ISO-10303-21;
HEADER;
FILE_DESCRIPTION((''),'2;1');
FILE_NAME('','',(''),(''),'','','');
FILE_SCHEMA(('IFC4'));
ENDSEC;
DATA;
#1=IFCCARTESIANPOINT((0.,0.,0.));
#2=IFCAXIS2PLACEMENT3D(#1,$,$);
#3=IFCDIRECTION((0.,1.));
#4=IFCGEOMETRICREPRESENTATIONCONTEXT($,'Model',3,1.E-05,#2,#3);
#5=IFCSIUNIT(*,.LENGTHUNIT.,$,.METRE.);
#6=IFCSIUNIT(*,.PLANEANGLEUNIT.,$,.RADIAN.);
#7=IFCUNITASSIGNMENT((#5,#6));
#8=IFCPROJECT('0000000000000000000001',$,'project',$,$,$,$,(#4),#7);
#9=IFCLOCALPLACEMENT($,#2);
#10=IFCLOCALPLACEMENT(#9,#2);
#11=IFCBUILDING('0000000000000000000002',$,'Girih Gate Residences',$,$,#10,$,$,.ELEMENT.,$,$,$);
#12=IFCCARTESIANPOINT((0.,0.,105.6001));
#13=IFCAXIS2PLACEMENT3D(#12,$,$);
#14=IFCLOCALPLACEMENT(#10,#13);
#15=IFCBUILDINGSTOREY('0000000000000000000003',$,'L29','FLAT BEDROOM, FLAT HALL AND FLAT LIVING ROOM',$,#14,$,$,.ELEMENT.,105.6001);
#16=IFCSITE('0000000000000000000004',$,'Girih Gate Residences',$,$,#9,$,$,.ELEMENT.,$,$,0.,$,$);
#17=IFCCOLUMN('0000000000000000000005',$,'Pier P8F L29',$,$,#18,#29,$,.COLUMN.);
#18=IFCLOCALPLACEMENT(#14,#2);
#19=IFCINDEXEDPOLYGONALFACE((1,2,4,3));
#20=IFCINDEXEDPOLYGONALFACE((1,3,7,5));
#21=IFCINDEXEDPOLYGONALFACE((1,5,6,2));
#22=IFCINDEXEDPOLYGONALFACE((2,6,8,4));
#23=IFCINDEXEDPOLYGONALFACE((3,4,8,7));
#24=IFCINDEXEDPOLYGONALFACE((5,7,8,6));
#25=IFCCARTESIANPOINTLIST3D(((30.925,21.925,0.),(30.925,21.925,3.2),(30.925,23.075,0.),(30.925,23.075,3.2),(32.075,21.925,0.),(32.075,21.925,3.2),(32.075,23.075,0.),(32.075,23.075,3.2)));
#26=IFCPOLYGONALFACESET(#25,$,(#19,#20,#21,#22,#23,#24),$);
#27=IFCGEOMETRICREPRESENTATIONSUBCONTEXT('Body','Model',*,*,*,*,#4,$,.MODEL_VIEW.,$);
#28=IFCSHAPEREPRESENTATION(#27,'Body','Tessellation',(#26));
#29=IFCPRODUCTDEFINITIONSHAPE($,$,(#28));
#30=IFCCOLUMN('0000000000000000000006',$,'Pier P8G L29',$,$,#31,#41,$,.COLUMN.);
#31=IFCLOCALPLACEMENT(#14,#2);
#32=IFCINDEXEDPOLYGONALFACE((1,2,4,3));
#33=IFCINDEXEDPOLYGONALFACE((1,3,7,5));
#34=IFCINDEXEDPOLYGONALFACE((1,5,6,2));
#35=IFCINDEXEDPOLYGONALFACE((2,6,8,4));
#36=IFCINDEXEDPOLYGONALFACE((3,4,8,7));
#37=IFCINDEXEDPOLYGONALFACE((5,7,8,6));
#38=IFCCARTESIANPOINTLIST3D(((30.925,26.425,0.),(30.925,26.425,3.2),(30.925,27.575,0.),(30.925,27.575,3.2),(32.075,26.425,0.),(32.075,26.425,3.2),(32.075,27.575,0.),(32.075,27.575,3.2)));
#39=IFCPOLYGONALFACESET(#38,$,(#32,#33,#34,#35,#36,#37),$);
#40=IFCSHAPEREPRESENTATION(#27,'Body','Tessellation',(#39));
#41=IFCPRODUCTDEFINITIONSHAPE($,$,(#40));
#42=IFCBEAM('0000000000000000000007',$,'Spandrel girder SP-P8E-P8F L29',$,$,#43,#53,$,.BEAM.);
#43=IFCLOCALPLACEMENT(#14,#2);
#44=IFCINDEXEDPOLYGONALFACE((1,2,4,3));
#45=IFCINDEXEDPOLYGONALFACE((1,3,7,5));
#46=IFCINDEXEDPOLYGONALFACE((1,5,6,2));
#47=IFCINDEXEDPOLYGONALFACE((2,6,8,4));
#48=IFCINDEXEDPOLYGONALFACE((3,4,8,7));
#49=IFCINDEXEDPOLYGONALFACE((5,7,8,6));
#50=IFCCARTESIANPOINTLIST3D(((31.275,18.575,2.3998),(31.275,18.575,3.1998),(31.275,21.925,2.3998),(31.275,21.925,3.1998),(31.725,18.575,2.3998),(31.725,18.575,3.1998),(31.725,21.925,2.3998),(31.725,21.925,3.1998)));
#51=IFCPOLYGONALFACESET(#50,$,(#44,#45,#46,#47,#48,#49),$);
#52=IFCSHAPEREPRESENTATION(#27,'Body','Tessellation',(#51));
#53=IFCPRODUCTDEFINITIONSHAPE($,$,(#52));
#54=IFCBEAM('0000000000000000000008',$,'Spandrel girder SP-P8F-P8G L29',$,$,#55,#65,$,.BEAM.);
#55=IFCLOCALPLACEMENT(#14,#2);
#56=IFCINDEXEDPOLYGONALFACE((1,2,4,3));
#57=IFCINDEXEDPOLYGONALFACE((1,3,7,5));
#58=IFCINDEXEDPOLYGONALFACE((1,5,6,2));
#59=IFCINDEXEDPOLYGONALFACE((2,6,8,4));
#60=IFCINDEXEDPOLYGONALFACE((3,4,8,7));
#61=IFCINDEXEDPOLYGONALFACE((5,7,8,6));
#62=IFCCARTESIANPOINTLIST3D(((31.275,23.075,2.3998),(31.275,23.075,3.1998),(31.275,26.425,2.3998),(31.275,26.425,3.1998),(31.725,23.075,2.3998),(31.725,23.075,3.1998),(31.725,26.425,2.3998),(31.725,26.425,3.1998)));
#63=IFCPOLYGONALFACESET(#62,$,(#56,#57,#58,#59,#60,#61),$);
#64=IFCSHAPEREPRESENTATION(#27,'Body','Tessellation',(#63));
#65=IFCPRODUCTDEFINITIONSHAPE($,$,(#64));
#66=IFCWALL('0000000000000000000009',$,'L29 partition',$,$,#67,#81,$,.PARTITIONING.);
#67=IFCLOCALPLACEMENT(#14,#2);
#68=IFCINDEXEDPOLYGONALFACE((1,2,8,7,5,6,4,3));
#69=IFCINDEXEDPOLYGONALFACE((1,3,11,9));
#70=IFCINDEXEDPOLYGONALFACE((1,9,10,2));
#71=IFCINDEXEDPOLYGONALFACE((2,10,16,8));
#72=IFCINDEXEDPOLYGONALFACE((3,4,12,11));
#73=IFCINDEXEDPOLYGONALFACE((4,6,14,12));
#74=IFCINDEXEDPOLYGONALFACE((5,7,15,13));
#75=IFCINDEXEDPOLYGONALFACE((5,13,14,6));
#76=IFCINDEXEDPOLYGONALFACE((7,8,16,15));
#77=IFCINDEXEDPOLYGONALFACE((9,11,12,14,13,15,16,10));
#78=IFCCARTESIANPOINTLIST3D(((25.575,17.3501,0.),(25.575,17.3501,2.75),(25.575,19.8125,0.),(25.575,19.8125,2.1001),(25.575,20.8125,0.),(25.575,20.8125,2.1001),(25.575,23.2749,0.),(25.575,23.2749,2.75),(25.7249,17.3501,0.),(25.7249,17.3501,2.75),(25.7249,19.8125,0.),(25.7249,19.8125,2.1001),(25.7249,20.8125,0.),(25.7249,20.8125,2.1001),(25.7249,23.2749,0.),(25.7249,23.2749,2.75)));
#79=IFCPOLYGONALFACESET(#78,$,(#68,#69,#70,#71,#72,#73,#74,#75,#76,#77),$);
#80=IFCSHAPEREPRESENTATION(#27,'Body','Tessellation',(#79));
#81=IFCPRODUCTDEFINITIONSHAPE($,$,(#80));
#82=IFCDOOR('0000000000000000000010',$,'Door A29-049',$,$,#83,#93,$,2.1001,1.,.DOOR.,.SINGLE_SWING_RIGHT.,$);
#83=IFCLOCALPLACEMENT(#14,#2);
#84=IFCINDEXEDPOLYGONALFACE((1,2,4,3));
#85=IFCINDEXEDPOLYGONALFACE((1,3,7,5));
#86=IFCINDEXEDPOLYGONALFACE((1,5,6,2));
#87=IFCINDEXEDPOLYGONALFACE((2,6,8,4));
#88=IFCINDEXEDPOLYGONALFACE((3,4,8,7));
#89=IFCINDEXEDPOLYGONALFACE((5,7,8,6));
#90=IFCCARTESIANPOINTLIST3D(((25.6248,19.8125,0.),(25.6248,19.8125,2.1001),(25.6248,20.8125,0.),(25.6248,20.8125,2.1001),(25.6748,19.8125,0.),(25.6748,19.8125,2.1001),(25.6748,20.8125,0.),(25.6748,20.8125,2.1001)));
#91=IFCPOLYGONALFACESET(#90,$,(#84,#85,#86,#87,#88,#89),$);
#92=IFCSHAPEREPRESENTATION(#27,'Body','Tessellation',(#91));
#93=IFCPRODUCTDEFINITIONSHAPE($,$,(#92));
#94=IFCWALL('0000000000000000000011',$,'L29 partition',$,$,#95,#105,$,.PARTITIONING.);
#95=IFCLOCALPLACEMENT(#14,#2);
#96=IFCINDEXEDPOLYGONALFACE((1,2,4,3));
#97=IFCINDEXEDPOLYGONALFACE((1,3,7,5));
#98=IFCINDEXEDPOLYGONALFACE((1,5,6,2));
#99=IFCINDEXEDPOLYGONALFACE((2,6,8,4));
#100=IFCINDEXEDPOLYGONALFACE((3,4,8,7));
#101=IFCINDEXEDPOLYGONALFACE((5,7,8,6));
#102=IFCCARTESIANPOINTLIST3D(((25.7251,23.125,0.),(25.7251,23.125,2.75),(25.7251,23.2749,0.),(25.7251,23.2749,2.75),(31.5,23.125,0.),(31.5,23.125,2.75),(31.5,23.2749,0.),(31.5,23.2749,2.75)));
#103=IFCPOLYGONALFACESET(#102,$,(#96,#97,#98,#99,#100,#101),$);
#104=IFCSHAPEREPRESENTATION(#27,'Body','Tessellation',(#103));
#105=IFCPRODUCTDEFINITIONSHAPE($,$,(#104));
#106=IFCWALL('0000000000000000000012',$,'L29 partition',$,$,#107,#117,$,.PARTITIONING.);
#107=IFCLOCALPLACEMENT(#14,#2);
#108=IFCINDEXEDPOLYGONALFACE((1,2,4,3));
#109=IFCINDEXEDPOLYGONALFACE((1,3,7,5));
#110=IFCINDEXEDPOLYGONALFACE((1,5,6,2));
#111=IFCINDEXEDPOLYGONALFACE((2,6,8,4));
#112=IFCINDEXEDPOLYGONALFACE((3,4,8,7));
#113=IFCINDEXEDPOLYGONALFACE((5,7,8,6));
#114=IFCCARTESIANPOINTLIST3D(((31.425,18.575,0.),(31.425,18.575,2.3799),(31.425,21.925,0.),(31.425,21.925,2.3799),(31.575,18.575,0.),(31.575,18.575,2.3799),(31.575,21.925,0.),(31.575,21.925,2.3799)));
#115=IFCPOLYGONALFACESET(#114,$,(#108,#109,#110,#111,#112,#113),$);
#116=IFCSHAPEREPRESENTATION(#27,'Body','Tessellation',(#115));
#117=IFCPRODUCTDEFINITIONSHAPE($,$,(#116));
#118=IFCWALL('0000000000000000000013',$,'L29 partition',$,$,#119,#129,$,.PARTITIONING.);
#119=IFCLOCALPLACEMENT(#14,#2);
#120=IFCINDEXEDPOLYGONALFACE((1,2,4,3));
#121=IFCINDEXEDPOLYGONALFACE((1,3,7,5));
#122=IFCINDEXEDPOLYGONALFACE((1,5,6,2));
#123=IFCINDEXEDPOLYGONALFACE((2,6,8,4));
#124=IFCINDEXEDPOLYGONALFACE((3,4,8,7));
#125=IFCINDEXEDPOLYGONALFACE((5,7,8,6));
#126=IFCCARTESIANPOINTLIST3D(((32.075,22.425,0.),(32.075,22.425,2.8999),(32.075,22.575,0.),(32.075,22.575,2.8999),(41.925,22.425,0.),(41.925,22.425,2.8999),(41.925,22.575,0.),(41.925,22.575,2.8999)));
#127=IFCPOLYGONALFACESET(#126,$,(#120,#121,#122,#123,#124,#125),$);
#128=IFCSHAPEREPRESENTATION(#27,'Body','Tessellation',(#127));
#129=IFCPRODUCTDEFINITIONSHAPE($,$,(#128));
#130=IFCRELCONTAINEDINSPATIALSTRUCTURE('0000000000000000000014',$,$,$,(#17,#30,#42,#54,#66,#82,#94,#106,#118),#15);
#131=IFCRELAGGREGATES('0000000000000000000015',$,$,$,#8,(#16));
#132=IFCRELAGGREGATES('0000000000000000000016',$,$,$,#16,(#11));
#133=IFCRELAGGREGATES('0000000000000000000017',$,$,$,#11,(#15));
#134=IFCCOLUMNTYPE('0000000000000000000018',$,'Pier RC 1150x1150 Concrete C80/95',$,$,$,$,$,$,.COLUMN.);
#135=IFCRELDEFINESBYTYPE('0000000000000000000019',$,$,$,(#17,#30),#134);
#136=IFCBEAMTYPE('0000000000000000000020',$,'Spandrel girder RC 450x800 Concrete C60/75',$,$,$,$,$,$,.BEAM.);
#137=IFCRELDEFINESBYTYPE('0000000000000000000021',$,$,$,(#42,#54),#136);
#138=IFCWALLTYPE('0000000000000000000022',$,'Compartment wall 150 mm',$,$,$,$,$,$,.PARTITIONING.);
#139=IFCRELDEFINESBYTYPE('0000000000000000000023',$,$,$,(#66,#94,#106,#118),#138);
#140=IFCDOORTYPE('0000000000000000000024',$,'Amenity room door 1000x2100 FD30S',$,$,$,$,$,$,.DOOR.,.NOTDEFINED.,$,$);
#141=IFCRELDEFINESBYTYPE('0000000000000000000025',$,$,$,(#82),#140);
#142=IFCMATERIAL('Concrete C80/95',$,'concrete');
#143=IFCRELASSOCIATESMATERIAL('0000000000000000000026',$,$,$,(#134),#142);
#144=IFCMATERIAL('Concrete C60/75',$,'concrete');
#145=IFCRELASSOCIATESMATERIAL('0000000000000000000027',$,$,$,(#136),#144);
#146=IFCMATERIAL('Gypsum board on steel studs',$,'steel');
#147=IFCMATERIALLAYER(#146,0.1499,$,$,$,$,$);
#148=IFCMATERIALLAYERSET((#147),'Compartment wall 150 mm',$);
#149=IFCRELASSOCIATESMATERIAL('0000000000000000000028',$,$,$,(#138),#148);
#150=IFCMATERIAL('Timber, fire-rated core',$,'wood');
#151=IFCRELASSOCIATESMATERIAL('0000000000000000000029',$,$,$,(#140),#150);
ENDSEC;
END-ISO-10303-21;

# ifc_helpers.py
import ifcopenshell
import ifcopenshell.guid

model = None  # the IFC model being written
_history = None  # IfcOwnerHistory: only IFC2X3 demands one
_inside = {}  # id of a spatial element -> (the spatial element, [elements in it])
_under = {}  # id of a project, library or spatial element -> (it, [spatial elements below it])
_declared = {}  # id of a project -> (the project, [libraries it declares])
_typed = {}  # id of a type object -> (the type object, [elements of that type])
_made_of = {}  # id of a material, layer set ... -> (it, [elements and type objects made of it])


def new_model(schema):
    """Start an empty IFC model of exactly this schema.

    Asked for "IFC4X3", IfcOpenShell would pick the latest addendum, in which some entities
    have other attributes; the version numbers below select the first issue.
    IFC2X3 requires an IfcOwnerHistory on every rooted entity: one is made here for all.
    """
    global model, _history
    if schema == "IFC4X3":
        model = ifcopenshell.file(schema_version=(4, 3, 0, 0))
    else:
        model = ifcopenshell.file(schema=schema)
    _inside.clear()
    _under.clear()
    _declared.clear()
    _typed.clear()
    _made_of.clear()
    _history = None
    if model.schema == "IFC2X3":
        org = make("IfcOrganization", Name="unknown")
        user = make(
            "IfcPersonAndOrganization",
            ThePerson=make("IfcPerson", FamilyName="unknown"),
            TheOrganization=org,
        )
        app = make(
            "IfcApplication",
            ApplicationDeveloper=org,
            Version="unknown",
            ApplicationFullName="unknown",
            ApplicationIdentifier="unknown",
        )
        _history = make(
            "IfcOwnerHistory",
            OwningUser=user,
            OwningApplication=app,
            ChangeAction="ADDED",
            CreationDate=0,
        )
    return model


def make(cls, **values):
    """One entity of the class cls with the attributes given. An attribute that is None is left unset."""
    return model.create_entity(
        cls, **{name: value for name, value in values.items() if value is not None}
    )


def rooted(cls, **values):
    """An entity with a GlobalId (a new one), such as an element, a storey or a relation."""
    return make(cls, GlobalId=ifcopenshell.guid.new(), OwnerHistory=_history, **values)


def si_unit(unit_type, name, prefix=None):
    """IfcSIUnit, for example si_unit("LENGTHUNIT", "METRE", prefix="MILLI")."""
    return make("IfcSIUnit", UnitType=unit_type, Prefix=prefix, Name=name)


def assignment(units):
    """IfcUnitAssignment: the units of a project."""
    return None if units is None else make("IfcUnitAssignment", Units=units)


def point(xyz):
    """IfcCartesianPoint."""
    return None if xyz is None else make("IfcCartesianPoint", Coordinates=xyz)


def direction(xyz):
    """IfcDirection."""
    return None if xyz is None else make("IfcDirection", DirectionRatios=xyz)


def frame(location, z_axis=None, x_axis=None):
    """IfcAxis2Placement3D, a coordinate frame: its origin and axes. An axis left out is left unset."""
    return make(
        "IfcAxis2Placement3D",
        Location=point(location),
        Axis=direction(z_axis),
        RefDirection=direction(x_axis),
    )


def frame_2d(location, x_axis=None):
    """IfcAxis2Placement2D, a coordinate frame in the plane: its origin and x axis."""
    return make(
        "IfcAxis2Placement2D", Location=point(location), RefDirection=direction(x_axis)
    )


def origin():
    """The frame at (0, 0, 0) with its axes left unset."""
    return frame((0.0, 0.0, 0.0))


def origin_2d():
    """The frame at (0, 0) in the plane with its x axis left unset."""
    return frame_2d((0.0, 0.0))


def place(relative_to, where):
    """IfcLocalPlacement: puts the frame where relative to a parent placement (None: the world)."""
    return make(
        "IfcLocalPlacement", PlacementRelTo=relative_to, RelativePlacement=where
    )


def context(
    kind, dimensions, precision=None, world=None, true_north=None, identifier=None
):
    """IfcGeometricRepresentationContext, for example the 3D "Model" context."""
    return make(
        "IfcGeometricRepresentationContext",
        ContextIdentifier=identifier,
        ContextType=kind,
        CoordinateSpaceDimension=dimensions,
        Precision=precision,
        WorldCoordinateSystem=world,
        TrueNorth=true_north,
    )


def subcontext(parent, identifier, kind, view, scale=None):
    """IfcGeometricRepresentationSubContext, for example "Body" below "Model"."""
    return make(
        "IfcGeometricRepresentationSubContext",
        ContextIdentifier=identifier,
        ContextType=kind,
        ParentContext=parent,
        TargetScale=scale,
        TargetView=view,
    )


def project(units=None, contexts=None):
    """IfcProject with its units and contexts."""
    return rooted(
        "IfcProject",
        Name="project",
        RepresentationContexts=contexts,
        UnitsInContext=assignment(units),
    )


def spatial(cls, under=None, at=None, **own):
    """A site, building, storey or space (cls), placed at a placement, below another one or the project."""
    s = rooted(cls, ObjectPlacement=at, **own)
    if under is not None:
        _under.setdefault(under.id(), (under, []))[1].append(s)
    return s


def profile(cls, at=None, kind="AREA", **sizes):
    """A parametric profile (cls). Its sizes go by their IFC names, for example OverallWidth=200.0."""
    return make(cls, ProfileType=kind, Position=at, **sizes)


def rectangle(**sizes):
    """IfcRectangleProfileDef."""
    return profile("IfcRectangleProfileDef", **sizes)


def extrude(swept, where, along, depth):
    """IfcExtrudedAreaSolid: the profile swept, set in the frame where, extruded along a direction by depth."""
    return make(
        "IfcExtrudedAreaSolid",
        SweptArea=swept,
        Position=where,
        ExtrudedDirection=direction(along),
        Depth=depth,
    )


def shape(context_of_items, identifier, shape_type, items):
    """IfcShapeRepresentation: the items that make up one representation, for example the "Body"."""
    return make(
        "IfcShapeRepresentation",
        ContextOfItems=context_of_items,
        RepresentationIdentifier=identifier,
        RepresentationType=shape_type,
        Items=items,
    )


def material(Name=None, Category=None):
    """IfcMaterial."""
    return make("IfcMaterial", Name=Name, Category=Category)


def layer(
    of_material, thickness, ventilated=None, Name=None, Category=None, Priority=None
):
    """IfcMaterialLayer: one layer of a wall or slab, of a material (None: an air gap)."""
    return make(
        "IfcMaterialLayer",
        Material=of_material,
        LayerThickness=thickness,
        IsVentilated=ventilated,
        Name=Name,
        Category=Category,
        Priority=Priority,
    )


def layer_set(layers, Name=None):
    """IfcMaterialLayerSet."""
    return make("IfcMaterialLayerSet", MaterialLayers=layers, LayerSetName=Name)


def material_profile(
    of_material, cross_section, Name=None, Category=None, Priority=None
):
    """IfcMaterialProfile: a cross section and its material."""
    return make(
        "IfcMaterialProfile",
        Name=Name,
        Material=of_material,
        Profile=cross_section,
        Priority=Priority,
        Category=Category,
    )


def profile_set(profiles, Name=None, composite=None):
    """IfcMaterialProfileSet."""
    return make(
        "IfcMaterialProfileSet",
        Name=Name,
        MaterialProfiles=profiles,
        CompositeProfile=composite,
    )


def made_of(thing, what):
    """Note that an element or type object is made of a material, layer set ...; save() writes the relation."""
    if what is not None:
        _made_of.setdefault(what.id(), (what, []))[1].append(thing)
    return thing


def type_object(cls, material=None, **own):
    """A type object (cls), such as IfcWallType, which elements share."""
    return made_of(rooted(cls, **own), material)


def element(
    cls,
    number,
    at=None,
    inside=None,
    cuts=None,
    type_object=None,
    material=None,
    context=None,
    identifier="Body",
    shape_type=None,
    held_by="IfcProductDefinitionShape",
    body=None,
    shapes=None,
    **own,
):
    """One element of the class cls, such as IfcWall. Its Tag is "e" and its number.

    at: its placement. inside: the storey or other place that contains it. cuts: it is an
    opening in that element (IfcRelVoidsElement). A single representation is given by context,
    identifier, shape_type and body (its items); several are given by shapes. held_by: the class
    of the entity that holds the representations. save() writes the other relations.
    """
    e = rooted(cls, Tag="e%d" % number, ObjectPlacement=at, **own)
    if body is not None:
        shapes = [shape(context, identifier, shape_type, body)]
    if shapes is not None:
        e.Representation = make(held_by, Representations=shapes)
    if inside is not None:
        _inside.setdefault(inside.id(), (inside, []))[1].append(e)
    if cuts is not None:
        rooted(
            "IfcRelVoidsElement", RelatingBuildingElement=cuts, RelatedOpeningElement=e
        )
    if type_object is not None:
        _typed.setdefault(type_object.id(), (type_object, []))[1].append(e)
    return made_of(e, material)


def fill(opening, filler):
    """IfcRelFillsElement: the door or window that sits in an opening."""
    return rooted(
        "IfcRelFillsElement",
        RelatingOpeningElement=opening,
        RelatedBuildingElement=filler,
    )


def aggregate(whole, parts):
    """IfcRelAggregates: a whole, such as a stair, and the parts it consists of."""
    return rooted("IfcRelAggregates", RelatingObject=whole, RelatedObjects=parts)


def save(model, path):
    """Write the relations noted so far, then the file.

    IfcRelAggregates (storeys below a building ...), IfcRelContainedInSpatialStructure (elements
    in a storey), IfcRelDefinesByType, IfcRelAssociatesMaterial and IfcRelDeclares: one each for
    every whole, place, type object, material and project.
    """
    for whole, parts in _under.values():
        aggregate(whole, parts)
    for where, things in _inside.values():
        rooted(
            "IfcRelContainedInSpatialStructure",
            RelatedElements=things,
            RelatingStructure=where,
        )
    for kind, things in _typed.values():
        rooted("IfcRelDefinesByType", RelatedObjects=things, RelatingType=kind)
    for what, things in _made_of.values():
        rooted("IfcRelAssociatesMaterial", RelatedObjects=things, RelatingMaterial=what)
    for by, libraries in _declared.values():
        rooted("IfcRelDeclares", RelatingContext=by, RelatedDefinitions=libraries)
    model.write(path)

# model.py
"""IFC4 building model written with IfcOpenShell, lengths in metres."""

from ifc_helpers import new_model, si_unit, direction, frame, frame_2d, origin, origin_2d, place, context, subcontext, project, spatial, rectangle, extrude, material, layer, layer_set, material_profile, profile_set, type_object, element, fill, save


model = new_model("IFC4")

# Units and contexts
model_context = context("Model", 3, precision=1e-05, world=origin(), true_north=direction((0.0, 1.0)))
body_context = subcontext(model_context, "Body", "Model", "MODEL_VIEW")
ifc_project = project(units=[si_unit("LENGTHUNIT", "METRE"), si_unit("PLANEANGLEUNIT", "RADIAN")], contexts=[model_context])

# Site, building, storey
site_placement = place(None, origin())
site = spatial("IfcSite", under=ifc_project, at=site_placement, Name="Girih Gate Residences", CompositionType="ELEMENT", RefElevation=0.0)
building_placement = place(site_placement, origin())
building = spatial("IfcBuilding", under=site, at=building_placement, Name="Girih Gate Residences", CompositionType="ELEMENT")
storey_placement = place(building_placement, frame((0.0, 0.0, 105.6001)))
storey = spatial("IfcBuildingStorey", under=building, at=storey_placement, Name="L29", Description="FLAT BEDROOM, FLAT HALL AND FLAT LIVING ROOM", CompositionType="ELEMENT", Elevation=105.6001)

# Columns
ifc_material_1 = material(Name="Concrete C80/95", Category="concrete")
ifc_material_profile_1 = material_profile(ifc_material_1, rectangle(XDim=1.1499, YDim=1.1499, at=origin_2d()))
ifc_profile_set_1 = profile_set([ifc_material_profile_1], Name="Concrete C80/95")
column_type = type_object("IfcColumnType", Name="Pier RC 1150x1150 Concrete C80/95", PredefinedType="COLUMN", material=ifc_profile_set_1)
for number, where, z_axis, x_axis, name in (
    (1, (31.5, 22.5, 0.0), (0.0, 0.0, 1.0), (1.0, 0.0, 0.0), "Pier P8F L29"),
    (2, (31.5, 27.0, 0.0), (0.0, 0.0, 1.0), (1.0, 0.0, 0.0), "Pier P8G L29"),
):
    element("IfcColumn", number, at=place(storey_placement, frame(where, z_axis=z_axis, x_axis=x_axis)), inside=storey, type_object=column_type, Name=name, PredefinedType="COLUMN", context=body_context, shape_type="SweptSolid", body=[
        extrude(rectangle(XDim=1.1499, YDim=1.1499, at=origin_2d()), origin(), (0.0, 0.0, 1.0), 3.2),
    ])

# Beams
ifc_material_2 = material(Name="Concrete C60/75", Category="concrete")
ifc_material_profile_2 = material_profile(ifc_material_2, rectangle(XDim=0.45, YDim=0.8, at=origin_2d()))
ifc_profile_set_2 = profile_set([ifc_material_profile_2], Name="Concrete C60/75")
beam_type = type_object("IfcBeamType", Name="Spandrel girder RC 450x800 Concrete C60/75", PredefinedType="BEAM", material=ifc_profile_set_2)
for number, where, z_axis, x_axis, name in (
    (3, (31.5, 18.575, 2.7998), (0.0, 1.0, 0.0), (-1.0, 0.0, 0.0), "Spandrel girder SP-P8E-P8F L29"),
    (4, (31.5, 23.075, 2.7998), (0.0, 1.0, 0.0), (-1.0, 0.0, 0.0), "Spandrel girder SP-P8F-P8G L29"),
):
    element("IfcBeam", number, at=place(storey_placement, frame(where, z_axis=z_axis, x_axis=x_axis)), inside=storey, type_object=beam_type, Name=name, PredefinedType="BEAM", context=body_context, shape_type="SweptSolid", body=[
        extrude(rectangle(XDim=0.45, YDim=0.8, at=origin_2d()), origin(), (0.0, 0.0, 1.0), 3.3501),
    ])

# Wall, opening, door
ifc_material_3 = material(Name="Gypsum board on steel studs", Category="steel")
ifc_layer_1 = layer(ifc_material_3, 0.1499)
ifc_layer_set_1 = layer_set([ifc_layer_1], Name="Compartment wall 150 mm")
wall_type_1 = type_object("IfcWallType", Name="Compartment wall 150 mm", PredefinedType="PARTITIONING", material=ifc_layer_set_1)
wall_1_placement = place(storey_placement, frame((25.6499, 23.2749, 0.0), z_axis=(0.0, 0.0, 1.0), x_axis=(0.0, -1.0, 0.0)))
wall_1 = element("IfcWall", 5, at=wall_1_placement, inside=storey, type_object=wall_type_1, Name="L29 partition", PredefinedType="PARTITIONING", context=body_context, shape_type="SweptSolid", body=[
    extrude(rectangle(XDim=5.9248, YDim=0.1499, at=frame_2d((2.9624, 0.0))), origin(), (0.0, 0.0, 1.0), 2.75),
])
opening_1_placement = place(wall_1_placement, frame((2.4624, 0.0, 0.0)))
opening_1 = element("IfcOpeningElement", 6, at=opening_1_placement, cuts=wall_1, PredefinedType="OPENING", context=body_context, shape_type="SweptSolid", body=[
    extrude(rectangle(XDim=1.0, YDim=2.1001, at=frame_2d((0.5, 1.05))), frame((0.0, 0.085, 0.0), z_axis=(0.0, -1.0, 0.0), x_axis=(1.0, 0.0, 0.0)), (0.0, 0.0, 1.0), 0.1699),
])
ifc_material_4 = material(Name="Timber, fire-rated core", Category="wood")
door_type_1 = type_object("IfcDoorType", Name="Amenity room door 1000x2100 FD30S", OperationType="NOTDEFINED", PredefinedType="DOOR", material=ifc_material_4)
door_1_placement = place(opening_1_placement, origin())
door_1 = element("IfcDoor", 7, at=door_1_placement, inside=storey, type_object=door_type_1, Name="Door A29-049", OperationType="SINGLE_SWING_RIGHT", OverallHeight=2.1001, OverallWidth=1.0, PredefinedType="DOOR", context=body_context, shape_type="SweptSolid", body=[
    extrude(rectangle(XDim=1.0, YDim=2.1001, at=frame_2d((0.5, 1.05))), frame((0.0, 0.0249, 0.0), z_axis=(0.0, -1.0, 0.0), x_axis=(1.0, 0.0, 0.0)), (0.0, 0.0, 1.0), 0.05),
])
fill(opening_1, door_1)

# Walls
wall_2_placement = place(storey_placement, frame((25.7251, 23.2, 0.0), z_axis=(0.0, 0.0, 1.0), x_axis=(1.0, 0.0, 0.0)))
element("IfcWall", 8, at=wall_2_placement, inside=storey, type_object=wall_type_1, Name="L29 partition", PredefinedType="PARTITIONING", context=body_context, shape_type="SweptSolid", body=[
    extrude(rectangle(XDim=5.7749, YDim=0.1499, at=frame_2d((2.8875, 0.0))), origin(), (0.0, 0.0, 1.0), 2.75),
])
wall_3_placement = place(storey_placement, frame((31.5, 18.575, 0.0), z_axis=(0.0, 0.0, 1.0), x_axis=(0.0, 1.0, 0.0)))
element("IfcWall", 9, at=wall_3_placement, inside=storey, type_object=wall_type_1, Name="L29 partition", PredefinedType="PARTITIONING", context=body_context, shape_type="SweptSolid", body=[
    extrude(rectangle(XDim=3.3501, YDim=0.1499, at=frame_2d((1.675, 0.0))), origin(), (0.0, 0.0, 1.0), 2.3799),
])
wall_4_placement = place(storey_placement, frame((32.075, 22.5, 0.0), z_axis=(0.0, 0.0, 1.0), x_axis=(1.0, 0.0, 0.0)))
element("IfcWall", 10, at=wall_4_placement, inside=storey, type_object=wall_type_1, Name="L29 partition", PredefinedType="PARTITIONING", context=body_context, shape_type="SweptSolid", body=[
    extrude(rectangle(XDim=9.8501, YDim=0.1499, at=frame_2d((4.925, 0.0))), origin(), (0.0, 0.0, 1.0), 2.8999),
])

save(model, "model.ifc")
